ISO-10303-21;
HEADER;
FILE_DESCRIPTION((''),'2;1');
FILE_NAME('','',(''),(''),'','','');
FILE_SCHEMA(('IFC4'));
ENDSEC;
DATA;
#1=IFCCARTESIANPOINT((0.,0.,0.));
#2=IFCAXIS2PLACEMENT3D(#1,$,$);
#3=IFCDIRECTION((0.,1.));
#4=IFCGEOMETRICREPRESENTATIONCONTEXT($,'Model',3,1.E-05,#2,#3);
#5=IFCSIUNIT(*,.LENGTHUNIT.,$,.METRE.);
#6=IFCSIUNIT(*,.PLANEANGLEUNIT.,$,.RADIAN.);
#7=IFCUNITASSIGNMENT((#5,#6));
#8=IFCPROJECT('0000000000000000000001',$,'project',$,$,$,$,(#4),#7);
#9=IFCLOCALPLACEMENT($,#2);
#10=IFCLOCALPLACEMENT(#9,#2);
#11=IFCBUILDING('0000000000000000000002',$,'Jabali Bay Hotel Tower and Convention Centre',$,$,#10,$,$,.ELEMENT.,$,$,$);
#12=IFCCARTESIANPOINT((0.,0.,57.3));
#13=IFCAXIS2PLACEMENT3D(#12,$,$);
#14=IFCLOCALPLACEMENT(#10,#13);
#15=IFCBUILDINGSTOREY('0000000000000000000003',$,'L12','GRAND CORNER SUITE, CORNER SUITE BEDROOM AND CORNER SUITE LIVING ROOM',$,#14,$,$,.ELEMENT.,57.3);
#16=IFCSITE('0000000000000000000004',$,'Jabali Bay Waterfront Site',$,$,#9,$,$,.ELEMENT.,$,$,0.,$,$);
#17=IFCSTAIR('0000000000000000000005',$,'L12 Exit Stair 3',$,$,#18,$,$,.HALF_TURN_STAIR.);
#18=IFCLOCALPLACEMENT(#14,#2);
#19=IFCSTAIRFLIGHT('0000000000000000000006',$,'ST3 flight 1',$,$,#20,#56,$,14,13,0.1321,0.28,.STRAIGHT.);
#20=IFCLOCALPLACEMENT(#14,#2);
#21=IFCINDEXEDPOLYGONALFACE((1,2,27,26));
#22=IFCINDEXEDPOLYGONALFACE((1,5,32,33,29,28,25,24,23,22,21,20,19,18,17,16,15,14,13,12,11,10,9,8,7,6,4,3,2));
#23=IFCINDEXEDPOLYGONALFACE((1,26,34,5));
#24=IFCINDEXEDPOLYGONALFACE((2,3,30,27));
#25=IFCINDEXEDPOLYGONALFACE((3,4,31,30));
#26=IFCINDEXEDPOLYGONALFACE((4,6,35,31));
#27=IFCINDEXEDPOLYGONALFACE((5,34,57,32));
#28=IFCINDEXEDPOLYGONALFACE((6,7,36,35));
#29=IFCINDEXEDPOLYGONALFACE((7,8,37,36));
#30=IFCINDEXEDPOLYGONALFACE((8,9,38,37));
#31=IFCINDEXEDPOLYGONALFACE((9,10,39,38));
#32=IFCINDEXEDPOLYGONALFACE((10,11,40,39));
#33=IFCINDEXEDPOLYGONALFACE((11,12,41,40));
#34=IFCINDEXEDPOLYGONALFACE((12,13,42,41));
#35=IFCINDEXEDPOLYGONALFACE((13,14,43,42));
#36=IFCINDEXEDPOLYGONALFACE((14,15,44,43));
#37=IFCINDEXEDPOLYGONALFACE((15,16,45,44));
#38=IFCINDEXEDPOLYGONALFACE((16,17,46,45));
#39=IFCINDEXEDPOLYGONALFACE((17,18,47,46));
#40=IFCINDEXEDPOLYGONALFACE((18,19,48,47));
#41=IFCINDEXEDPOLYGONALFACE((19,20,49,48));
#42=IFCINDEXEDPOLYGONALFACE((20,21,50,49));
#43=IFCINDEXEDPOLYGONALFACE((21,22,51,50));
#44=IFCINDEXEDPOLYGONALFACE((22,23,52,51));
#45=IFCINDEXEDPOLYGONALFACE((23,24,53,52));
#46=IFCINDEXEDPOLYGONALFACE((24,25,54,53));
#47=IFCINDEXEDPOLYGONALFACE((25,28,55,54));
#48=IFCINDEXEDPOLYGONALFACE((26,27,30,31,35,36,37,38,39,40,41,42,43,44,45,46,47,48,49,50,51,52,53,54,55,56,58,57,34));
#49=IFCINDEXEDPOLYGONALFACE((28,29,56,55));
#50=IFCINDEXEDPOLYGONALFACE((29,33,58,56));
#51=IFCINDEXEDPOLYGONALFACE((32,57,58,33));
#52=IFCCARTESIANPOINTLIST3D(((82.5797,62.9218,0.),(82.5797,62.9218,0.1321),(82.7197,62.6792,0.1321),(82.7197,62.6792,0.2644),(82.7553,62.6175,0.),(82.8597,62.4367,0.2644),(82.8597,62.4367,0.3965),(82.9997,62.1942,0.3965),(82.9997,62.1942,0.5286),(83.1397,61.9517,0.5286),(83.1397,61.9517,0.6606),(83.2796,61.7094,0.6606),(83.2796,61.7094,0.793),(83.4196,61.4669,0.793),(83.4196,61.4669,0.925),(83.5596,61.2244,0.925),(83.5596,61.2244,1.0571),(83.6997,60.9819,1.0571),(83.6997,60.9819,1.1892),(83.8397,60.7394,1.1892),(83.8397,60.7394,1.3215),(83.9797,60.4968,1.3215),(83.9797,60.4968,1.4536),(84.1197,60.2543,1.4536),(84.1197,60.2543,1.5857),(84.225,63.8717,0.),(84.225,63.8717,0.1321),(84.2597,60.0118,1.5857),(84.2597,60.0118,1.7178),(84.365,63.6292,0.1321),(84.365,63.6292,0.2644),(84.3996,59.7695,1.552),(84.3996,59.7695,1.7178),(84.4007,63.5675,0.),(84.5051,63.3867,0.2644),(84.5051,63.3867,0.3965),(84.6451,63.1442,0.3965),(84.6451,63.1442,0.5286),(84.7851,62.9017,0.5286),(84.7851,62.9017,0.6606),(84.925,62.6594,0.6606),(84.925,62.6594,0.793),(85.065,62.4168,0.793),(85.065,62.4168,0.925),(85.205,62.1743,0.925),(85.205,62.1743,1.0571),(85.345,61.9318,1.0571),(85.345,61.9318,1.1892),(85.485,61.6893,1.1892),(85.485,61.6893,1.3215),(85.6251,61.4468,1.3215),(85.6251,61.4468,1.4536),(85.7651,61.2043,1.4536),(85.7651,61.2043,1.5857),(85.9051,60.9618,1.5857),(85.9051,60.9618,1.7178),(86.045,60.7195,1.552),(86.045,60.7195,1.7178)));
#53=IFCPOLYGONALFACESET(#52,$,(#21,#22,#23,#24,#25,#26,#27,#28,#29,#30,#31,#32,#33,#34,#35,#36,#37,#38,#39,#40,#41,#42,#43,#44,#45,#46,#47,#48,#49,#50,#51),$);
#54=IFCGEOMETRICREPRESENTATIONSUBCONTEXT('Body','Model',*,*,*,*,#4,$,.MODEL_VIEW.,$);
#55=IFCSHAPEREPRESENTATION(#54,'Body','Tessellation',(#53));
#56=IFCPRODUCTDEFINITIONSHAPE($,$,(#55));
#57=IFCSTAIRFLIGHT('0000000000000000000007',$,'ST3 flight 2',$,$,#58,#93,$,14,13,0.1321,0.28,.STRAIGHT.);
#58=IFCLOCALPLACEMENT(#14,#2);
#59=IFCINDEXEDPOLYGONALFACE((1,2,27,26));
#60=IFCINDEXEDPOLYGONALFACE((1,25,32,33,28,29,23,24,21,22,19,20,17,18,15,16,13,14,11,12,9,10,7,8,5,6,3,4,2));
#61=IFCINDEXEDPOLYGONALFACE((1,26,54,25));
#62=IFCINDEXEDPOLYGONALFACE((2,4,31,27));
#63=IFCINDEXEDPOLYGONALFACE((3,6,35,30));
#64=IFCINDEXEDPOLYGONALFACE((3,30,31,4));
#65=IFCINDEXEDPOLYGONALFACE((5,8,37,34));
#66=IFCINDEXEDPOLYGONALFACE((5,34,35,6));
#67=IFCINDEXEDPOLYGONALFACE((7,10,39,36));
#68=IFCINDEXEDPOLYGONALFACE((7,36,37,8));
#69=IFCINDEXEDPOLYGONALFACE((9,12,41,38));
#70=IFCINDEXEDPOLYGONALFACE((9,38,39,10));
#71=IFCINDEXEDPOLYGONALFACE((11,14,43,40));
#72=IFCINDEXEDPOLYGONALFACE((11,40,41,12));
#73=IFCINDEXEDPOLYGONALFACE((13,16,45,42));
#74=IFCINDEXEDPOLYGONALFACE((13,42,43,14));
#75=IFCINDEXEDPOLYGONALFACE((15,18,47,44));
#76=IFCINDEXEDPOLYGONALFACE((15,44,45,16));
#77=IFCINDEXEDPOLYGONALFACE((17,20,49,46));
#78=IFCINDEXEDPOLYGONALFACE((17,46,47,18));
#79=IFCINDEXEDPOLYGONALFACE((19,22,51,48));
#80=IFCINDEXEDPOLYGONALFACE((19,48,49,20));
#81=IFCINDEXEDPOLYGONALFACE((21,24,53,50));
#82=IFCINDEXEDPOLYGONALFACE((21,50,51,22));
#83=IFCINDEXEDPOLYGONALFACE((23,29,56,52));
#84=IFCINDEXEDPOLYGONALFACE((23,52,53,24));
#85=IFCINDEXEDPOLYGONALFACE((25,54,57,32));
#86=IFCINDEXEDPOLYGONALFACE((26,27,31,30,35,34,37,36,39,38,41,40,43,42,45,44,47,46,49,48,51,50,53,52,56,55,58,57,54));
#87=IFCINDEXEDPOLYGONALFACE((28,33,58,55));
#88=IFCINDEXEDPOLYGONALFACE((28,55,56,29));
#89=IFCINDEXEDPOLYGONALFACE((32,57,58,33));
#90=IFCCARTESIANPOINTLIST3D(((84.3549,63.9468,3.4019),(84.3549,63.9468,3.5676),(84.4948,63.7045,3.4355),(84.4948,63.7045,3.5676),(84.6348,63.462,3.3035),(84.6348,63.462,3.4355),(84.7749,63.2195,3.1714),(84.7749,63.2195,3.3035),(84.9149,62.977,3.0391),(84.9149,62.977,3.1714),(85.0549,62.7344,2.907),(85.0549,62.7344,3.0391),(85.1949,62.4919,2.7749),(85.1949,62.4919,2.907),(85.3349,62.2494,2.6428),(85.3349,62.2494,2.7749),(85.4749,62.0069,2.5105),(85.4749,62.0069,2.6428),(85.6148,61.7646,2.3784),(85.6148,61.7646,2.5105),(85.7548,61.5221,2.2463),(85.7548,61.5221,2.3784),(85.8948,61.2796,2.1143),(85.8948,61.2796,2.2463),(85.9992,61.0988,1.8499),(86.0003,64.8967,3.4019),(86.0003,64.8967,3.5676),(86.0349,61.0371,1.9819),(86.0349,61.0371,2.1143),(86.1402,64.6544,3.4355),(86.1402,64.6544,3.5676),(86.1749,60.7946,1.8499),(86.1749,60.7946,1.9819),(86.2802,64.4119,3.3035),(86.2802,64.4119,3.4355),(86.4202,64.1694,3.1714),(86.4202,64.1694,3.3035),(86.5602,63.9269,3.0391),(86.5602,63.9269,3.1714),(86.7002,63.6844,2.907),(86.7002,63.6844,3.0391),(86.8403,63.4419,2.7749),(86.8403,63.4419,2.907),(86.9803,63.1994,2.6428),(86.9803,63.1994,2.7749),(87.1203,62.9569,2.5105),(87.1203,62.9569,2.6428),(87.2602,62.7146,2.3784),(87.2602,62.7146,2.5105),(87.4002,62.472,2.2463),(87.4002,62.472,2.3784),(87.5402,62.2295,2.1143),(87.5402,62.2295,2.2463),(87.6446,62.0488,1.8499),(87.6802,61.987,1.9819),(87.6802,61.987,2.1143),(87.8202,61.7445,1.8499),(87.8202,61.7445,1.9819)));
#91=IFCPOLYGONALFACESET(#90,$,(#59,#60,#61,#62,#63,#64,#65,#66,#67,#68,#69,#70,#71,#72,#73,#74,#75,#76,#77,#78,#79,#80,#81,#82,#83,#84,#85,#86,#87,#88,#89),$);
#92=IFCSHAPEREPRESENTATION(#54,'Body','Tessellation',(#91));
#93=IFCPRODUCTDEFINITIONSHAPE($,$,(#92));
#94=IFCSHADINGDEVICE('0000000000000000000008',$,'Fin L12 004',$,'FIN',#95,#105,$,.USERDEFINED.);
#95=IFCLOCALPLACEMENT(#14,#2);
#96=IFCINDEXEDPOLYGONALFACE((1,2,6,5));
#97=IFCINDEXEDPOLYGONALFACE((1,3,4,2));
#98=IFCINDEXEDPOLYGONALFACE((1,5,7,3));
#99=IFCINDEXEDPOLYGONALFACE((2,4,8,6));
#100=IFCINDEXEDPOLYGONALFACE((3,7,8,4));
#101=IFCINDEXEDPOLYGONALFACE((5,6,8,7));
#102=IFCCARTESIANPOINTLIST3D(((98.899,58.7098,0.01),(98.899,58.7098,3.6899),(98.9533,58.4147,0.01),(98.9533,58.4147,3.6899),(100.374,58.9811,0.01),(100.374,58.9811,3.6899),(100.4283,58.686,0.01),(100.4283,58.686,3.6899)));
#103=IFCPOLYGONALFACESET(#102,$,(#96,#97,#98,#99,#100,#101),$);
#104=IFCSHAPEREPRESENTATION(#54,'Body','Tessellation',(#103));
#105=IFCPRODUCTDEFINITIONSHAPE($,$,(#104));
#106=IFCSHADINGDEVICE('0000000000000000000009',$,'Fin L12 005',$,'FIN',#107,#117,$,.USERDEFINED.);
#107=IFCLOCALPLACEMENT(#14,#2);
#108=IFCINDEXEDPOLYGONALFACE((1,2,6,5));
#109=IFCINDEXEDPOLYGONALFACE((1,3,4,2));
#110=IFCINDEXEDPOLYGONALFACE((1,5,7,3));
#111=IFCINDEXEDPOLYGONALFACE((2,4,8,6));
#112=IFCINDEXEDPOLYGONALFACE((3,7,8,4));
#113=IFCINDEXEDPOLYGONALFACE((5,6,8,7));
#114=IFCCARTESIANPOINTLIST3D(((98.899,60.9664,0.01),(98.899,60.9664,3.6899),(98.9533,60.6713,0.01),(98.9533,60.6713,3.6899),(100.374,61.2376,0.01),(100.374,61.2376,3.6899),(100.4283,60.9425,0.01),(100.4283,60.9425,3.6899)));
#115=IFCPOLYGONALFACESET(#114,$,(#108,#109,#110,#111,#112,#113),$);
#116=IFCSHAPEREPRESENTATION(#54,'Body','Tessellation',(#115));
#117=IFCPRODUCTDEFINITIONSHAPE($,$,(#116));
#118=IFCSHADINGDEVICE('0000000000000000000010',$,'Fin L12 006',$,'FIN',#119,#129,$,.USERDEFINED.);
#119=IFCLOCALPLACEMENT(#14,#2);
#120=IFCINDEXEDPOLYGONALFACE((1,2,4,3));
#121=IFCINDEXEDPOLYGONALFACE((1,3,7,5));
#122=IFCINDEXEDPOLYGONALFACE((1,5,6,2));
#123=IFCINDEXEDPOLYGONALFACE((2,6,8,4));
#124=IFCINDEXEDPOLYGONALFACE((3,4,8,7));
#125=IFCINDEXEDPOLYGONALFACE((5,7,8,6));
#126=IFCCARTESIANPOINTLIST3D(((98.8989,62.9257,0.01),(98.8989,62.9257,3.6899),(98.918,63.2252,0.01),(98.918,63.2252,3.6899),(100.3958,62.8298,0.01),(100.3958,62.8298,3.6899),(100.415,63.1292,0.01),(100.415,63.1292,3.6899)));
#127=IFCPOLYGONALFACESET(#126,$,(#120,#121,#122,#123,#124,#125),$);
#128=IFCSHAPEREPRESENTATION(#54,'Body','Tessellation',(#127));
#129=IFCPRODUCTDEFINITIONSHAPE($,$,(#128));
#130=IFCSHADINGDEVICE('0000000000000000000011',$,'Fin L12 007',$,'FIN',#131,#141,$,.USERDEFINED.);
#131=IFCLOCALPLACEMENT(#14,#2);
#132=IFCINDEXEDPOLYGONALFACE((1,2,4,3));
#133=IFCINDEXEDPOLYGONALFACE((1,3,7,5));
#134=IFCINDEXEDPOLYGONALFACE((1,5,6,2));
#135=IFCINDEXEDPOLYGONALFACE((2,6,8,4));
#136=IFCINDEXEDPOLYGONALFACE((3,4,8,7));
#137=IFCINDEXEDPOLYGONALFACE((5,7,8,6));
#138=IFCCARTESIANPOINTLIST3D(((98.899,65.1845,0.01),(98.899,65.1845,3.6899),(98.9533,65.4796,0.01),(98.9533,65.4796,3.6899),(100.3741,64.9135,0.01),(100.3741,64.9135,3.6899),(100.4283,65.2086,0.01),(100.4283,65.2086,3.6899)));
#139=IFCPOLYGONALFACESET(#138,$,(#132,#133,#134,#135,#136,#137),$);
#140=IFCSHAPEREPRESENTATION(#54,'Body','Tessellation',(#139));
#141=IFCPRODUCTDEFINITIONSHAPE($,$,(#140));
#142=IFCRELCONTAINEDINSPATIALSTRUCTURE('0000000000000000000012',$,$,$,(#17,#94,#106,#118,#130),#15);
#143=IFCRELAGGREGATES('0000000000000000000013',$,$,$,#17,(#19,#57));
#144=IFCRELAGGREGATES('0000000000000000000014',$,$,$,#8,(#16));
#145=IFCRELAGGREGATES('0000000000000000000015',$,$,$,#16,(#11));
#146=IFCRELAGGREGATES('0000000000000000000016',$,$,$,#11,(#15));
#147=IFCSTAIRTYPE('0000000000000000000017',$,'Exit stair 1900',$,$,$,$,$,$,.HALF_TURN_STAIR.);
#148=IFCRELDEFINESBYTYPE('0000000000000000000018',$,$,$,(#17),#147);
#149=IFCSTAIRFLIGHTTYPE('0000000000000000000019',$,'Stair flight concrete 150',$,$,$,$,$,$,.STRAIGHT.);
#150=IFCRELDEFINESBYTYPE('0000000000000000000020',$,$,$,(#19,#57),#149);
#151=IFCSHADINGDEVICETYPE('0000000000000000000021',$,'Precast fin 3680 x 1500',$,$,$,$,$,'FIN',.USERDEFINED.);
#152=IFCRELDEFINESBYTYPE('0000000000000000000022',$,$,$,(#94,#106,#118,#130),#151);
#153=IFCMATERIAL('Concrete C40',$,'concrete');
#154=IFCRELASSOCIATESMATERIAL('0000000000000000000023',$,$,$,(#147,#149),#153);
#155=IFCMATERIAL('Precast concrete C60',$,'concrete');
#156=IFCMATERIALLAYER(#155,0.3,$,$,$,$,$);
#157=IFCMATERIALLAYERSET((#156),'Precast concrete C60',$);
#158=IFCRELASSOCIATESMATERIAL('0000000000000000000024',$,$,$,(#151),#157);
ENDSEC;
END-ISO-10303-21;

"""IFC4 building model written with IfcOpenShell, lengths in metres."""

from ifc_helpers import new_model, si_unit, direction, frame, frame_2d, origin, place, context, subcontext, project, spatial, polyline, rectangle, outline, extrude, material, layer, layer_set, type_object, element, aggregate, save


model = new_model("IFC4")

# Units and contexts
model_context = context("Model", 3, precision=1e-05, world=origin(), true_north=direction((0.0, 1.0)))
body_context = subcontext(model_context, "Body", "Model", "MODEL_VIEW")
ifc_project = project(units=[si_unit("LENGTHUNIT", "METRE"), si_unit("PLANEANGLEUNIT", "RADIAN")], contexts=[model_context])

# Site, building, storey
site_placement = place(None, origin())
site = spatial("IfcSite", under=ifc_project, at=site_placement, Name="Jabali Bay Waterfront Site", CompositionType="ELEMENT", RefElevation=0.0)
building_placement = place(site_placement, origin())
building = spatial("IfcBuilding", under=site, at=building_placement, Name="Jabali Bay Hotel Tower and Convention Centre", CompositionType="ELEMENT")
storey_placement = place(building_placement, frame((0.0, 0.0, 57.3)))
storey = spatial("IfcBuildingStorey", under=building, at=storey_placement, Name="L12", Description="GRAND CORNER SUITE, CORNER SUITE BEDROOM AND CORNER SUITE LIVING ROOM", CompositionType="ELEMENT", Elevation=57.3)

# Shared definitions
ifc_material_1 = material(Name="Concrete C40", Category="concrete")

# Stair, stair flights
stair_type = type_object("IfcStairType", Name="Exit stair 1900", PredefinedType="HALF_TURN_STAIR", material=ifc_material_1)
stair_placement = place(storey_placement, origin())
stair = element("IfcStair", 1, at=stair_placement, inside=storey, type_object=stair_type, Name="L12 Exit Stair 3", PredefinedType="HALF_TURN_STAIR")
stair_flight_type = type_object("IfcStairFlightType", Name="Stair flight concrete 150", PredefinedType="STRAIGHT", material=ifc_material_1)
stair_flight_1_placement = place(storey_placement, frame((83.4023, 63.3967, 0.0), z_axis=(0.0, 0.0, 1.0), x_axis=(0.5, -0.866025, 0.0)))
stair_flight_1 = element("IfcStairFlight", 2, at=stair_flight_1_placement, type_object=stair_flight_type, Name="ST3 flight 1", NumberOfRisers=14, NumberOfTreads=13, PredefinedType="STRAIGHT", RiserHeight=0.1321, TreadLength=0.28, context=body_context, shape_type="SweptSolid", body=[
    extrude(outline(polyline([(0.0, 0.0), (0.0, 0.1321), (0.28, 0.1321), (0.28, 0.2644), (0.5601, 0.2644), (0.5601, 0.3965), (0.8401, 0.3965), (0.8401, 0.5286), (1.1201, 0.5286), (1.1201, 0.6606), (1.3999, 0.6606), (1.3999, 0.793), (1.6799, 0.793), (1.6799, 0.925), (1.96, 0.925), (1.96, 1.0571), (2.24, 1.0571), (2.24, 1.1892), (2.52, 1.1892), (2.52, 1.3215), (2.8, 1.3215), (2.8, 1.4536), (3.0801, 1.4536), (3.0801, 1.5857), (3.3601, 1.5857), (3.3601, 1.7178), (3.6399, 1.7178), (3.6399, 1.8501), (3.6399, 1.552), (0.3513, 0.0), (0.0, 0.0)])), frame((0.0, 0.95, 0.0), z_axis=(0.0, -1.0, 0.0), x_axis=(1.0, 0.0, 0.0)), (0.0, 0.0, 1.0), 1.8999),
])
stair_flight_2_placement = place(storey_placement, frame((86.9976, 61.2695, 1.8499), z_axis=(0.0, 0.0, 1.0), x_axis=(-0.5, 0.866025, 0.0)))
stair_flight_2 = element("IfcStairFlight", 3, at=stair_flight_2_placement, type_object=stair_flight_type, Name="ST3 flight 2", NumberOfRisers=14, NumberOfTreads=13, PredefinedType="STRAIGHT", RiserHeight=0.1321, TreadLength=0.28, context=body_context, shape_type="SweptSolid", body=[
    extrude(outline(polyline([(0.0, 0.0), (0.0, 0.1321), (0.28, 0.1321), (0.28, 0.2644), (0.5601, 0.2644), (0.5601, 0.3965), (0.8401, 0.3965), (0.8401, 0.5286), (1.1201, 0.5286), (1.1201, 0.6606), (1.3999, 0.6606), (1.3999, 0.793), (1.6799, 0.793), (1.6799, 0.925), (1.96, 0.925), (1.96, 1.0571), (2.24, 1.0571), (2.24, 1.1892), (2.52, 1.1892), (2.52, 1.3215), (2.8, 1.3215), (2.8, 1.4536), (3.0801, 1.4536), (3.0801, 1.5857), (3.3601, 1.5857), (3.3601, 1.7178), (3.6399, 1.7178), (3.6399, 1.8501), (3.6399, 1.552), (0.3513, 0.0), (0.0, 0.0)])), frame((0.0, 0.95, 0.0), z_axis=(0.0, -1.0, 0.0), x_axis=(1.0, 0.0, 0.0)), (0.0, 0.0, 1.0), 1.8999),
])
aggregate(stair, [stair_flight_1, stair_flight_2])

# Shading devices
ifc_material_2 = material(Name="Precast concrete C60", Category="concrete")
ifc_layer_1 = layer(ifc_material_2, 0.3)
ifc_layer_set_1 = layer_set([ifc_layer_1], Name="Precast concrete C60")
shading_device_type = type_object("IfcShadingDeviceType", Name="Precast fin 3680 x 1500", ElementType="FIN", PredefinedType="USERDEFINED", material=ifc_layer_set_1)
for number, where, z_axis, x_axis, name in (
    (4, (98.926, 58.5623, 0.01), (0.0, 0.0, 1.0), (0.983511, 0.180848, 0.0), "Fin L12 004"),
    (5, (98.926, 60.8188, 0.01), (0.0, 0.0, 1.0), (0.983511, 0.180848, 0.0), "Fin L12 005"),
):
    element("IfcShadingDevice", number, at=place(storey_placement, frame(where, z_axis=z_axis, x_axis=x_axis)), inside=storey, type_object=shading_device_type, Name=name, ObjectType="FIN", PredefinedType="USERDEFINED", context=body_context, shape_type="SweptSolid", body=[
        extrude(rectangle(XDim=1.4998, YDim=0.3, at=frame_2d((0.75, 0.0))), origin(), (0.0, 0.0, 1.0), 3.6799),
    ])
shading_device_1_placement = place(storey_placement, frame((98.9084, 63.0754, 0.01), z_axis=(0.0, 0.0, 1.0), x_axis=(0.997952, -0.063969, 0.0)))
element("IfcShadingDevice", 6, at=shading_device_1_placement, inside=storey, type_object=shading_device_type, Name="Fin L12 006", ObjectType="FIN", PredefinedType="USERDEFINED", context=body_context, shape_type="SweptSolid", body=[
    extrude(rectangle(XDim=1.5, YDim=0.3, at=frame_2d((0.75, 0.0))), origin(), (0.0, 0.0, 1.0), 3.6799),
])
shading_device_2_placement = place(storey_placement, frame((98.926, 65.332, 0.01), z_axis=(0.0, 0.0, 1.0), x_axis=(0.98354, -0.18069, 0.0)))
element("IfcShadingDevice", 7, at=shading_device_2_placement, inside=storey, type_object=shading_device_type, Name="Fin L12 007", ObjectType="FIN", PredefinedType="USERDEFINED", context=body_context, shape_type="SweptSolid", body=[
    extrude(rectangle(XDim=1.4998, YDim=0.3, at=frame_2d((0.75, 0.0))), origin(), (0.0, 0.0, 1.0), 3.6799),
])

save(model, "model.ifc")
